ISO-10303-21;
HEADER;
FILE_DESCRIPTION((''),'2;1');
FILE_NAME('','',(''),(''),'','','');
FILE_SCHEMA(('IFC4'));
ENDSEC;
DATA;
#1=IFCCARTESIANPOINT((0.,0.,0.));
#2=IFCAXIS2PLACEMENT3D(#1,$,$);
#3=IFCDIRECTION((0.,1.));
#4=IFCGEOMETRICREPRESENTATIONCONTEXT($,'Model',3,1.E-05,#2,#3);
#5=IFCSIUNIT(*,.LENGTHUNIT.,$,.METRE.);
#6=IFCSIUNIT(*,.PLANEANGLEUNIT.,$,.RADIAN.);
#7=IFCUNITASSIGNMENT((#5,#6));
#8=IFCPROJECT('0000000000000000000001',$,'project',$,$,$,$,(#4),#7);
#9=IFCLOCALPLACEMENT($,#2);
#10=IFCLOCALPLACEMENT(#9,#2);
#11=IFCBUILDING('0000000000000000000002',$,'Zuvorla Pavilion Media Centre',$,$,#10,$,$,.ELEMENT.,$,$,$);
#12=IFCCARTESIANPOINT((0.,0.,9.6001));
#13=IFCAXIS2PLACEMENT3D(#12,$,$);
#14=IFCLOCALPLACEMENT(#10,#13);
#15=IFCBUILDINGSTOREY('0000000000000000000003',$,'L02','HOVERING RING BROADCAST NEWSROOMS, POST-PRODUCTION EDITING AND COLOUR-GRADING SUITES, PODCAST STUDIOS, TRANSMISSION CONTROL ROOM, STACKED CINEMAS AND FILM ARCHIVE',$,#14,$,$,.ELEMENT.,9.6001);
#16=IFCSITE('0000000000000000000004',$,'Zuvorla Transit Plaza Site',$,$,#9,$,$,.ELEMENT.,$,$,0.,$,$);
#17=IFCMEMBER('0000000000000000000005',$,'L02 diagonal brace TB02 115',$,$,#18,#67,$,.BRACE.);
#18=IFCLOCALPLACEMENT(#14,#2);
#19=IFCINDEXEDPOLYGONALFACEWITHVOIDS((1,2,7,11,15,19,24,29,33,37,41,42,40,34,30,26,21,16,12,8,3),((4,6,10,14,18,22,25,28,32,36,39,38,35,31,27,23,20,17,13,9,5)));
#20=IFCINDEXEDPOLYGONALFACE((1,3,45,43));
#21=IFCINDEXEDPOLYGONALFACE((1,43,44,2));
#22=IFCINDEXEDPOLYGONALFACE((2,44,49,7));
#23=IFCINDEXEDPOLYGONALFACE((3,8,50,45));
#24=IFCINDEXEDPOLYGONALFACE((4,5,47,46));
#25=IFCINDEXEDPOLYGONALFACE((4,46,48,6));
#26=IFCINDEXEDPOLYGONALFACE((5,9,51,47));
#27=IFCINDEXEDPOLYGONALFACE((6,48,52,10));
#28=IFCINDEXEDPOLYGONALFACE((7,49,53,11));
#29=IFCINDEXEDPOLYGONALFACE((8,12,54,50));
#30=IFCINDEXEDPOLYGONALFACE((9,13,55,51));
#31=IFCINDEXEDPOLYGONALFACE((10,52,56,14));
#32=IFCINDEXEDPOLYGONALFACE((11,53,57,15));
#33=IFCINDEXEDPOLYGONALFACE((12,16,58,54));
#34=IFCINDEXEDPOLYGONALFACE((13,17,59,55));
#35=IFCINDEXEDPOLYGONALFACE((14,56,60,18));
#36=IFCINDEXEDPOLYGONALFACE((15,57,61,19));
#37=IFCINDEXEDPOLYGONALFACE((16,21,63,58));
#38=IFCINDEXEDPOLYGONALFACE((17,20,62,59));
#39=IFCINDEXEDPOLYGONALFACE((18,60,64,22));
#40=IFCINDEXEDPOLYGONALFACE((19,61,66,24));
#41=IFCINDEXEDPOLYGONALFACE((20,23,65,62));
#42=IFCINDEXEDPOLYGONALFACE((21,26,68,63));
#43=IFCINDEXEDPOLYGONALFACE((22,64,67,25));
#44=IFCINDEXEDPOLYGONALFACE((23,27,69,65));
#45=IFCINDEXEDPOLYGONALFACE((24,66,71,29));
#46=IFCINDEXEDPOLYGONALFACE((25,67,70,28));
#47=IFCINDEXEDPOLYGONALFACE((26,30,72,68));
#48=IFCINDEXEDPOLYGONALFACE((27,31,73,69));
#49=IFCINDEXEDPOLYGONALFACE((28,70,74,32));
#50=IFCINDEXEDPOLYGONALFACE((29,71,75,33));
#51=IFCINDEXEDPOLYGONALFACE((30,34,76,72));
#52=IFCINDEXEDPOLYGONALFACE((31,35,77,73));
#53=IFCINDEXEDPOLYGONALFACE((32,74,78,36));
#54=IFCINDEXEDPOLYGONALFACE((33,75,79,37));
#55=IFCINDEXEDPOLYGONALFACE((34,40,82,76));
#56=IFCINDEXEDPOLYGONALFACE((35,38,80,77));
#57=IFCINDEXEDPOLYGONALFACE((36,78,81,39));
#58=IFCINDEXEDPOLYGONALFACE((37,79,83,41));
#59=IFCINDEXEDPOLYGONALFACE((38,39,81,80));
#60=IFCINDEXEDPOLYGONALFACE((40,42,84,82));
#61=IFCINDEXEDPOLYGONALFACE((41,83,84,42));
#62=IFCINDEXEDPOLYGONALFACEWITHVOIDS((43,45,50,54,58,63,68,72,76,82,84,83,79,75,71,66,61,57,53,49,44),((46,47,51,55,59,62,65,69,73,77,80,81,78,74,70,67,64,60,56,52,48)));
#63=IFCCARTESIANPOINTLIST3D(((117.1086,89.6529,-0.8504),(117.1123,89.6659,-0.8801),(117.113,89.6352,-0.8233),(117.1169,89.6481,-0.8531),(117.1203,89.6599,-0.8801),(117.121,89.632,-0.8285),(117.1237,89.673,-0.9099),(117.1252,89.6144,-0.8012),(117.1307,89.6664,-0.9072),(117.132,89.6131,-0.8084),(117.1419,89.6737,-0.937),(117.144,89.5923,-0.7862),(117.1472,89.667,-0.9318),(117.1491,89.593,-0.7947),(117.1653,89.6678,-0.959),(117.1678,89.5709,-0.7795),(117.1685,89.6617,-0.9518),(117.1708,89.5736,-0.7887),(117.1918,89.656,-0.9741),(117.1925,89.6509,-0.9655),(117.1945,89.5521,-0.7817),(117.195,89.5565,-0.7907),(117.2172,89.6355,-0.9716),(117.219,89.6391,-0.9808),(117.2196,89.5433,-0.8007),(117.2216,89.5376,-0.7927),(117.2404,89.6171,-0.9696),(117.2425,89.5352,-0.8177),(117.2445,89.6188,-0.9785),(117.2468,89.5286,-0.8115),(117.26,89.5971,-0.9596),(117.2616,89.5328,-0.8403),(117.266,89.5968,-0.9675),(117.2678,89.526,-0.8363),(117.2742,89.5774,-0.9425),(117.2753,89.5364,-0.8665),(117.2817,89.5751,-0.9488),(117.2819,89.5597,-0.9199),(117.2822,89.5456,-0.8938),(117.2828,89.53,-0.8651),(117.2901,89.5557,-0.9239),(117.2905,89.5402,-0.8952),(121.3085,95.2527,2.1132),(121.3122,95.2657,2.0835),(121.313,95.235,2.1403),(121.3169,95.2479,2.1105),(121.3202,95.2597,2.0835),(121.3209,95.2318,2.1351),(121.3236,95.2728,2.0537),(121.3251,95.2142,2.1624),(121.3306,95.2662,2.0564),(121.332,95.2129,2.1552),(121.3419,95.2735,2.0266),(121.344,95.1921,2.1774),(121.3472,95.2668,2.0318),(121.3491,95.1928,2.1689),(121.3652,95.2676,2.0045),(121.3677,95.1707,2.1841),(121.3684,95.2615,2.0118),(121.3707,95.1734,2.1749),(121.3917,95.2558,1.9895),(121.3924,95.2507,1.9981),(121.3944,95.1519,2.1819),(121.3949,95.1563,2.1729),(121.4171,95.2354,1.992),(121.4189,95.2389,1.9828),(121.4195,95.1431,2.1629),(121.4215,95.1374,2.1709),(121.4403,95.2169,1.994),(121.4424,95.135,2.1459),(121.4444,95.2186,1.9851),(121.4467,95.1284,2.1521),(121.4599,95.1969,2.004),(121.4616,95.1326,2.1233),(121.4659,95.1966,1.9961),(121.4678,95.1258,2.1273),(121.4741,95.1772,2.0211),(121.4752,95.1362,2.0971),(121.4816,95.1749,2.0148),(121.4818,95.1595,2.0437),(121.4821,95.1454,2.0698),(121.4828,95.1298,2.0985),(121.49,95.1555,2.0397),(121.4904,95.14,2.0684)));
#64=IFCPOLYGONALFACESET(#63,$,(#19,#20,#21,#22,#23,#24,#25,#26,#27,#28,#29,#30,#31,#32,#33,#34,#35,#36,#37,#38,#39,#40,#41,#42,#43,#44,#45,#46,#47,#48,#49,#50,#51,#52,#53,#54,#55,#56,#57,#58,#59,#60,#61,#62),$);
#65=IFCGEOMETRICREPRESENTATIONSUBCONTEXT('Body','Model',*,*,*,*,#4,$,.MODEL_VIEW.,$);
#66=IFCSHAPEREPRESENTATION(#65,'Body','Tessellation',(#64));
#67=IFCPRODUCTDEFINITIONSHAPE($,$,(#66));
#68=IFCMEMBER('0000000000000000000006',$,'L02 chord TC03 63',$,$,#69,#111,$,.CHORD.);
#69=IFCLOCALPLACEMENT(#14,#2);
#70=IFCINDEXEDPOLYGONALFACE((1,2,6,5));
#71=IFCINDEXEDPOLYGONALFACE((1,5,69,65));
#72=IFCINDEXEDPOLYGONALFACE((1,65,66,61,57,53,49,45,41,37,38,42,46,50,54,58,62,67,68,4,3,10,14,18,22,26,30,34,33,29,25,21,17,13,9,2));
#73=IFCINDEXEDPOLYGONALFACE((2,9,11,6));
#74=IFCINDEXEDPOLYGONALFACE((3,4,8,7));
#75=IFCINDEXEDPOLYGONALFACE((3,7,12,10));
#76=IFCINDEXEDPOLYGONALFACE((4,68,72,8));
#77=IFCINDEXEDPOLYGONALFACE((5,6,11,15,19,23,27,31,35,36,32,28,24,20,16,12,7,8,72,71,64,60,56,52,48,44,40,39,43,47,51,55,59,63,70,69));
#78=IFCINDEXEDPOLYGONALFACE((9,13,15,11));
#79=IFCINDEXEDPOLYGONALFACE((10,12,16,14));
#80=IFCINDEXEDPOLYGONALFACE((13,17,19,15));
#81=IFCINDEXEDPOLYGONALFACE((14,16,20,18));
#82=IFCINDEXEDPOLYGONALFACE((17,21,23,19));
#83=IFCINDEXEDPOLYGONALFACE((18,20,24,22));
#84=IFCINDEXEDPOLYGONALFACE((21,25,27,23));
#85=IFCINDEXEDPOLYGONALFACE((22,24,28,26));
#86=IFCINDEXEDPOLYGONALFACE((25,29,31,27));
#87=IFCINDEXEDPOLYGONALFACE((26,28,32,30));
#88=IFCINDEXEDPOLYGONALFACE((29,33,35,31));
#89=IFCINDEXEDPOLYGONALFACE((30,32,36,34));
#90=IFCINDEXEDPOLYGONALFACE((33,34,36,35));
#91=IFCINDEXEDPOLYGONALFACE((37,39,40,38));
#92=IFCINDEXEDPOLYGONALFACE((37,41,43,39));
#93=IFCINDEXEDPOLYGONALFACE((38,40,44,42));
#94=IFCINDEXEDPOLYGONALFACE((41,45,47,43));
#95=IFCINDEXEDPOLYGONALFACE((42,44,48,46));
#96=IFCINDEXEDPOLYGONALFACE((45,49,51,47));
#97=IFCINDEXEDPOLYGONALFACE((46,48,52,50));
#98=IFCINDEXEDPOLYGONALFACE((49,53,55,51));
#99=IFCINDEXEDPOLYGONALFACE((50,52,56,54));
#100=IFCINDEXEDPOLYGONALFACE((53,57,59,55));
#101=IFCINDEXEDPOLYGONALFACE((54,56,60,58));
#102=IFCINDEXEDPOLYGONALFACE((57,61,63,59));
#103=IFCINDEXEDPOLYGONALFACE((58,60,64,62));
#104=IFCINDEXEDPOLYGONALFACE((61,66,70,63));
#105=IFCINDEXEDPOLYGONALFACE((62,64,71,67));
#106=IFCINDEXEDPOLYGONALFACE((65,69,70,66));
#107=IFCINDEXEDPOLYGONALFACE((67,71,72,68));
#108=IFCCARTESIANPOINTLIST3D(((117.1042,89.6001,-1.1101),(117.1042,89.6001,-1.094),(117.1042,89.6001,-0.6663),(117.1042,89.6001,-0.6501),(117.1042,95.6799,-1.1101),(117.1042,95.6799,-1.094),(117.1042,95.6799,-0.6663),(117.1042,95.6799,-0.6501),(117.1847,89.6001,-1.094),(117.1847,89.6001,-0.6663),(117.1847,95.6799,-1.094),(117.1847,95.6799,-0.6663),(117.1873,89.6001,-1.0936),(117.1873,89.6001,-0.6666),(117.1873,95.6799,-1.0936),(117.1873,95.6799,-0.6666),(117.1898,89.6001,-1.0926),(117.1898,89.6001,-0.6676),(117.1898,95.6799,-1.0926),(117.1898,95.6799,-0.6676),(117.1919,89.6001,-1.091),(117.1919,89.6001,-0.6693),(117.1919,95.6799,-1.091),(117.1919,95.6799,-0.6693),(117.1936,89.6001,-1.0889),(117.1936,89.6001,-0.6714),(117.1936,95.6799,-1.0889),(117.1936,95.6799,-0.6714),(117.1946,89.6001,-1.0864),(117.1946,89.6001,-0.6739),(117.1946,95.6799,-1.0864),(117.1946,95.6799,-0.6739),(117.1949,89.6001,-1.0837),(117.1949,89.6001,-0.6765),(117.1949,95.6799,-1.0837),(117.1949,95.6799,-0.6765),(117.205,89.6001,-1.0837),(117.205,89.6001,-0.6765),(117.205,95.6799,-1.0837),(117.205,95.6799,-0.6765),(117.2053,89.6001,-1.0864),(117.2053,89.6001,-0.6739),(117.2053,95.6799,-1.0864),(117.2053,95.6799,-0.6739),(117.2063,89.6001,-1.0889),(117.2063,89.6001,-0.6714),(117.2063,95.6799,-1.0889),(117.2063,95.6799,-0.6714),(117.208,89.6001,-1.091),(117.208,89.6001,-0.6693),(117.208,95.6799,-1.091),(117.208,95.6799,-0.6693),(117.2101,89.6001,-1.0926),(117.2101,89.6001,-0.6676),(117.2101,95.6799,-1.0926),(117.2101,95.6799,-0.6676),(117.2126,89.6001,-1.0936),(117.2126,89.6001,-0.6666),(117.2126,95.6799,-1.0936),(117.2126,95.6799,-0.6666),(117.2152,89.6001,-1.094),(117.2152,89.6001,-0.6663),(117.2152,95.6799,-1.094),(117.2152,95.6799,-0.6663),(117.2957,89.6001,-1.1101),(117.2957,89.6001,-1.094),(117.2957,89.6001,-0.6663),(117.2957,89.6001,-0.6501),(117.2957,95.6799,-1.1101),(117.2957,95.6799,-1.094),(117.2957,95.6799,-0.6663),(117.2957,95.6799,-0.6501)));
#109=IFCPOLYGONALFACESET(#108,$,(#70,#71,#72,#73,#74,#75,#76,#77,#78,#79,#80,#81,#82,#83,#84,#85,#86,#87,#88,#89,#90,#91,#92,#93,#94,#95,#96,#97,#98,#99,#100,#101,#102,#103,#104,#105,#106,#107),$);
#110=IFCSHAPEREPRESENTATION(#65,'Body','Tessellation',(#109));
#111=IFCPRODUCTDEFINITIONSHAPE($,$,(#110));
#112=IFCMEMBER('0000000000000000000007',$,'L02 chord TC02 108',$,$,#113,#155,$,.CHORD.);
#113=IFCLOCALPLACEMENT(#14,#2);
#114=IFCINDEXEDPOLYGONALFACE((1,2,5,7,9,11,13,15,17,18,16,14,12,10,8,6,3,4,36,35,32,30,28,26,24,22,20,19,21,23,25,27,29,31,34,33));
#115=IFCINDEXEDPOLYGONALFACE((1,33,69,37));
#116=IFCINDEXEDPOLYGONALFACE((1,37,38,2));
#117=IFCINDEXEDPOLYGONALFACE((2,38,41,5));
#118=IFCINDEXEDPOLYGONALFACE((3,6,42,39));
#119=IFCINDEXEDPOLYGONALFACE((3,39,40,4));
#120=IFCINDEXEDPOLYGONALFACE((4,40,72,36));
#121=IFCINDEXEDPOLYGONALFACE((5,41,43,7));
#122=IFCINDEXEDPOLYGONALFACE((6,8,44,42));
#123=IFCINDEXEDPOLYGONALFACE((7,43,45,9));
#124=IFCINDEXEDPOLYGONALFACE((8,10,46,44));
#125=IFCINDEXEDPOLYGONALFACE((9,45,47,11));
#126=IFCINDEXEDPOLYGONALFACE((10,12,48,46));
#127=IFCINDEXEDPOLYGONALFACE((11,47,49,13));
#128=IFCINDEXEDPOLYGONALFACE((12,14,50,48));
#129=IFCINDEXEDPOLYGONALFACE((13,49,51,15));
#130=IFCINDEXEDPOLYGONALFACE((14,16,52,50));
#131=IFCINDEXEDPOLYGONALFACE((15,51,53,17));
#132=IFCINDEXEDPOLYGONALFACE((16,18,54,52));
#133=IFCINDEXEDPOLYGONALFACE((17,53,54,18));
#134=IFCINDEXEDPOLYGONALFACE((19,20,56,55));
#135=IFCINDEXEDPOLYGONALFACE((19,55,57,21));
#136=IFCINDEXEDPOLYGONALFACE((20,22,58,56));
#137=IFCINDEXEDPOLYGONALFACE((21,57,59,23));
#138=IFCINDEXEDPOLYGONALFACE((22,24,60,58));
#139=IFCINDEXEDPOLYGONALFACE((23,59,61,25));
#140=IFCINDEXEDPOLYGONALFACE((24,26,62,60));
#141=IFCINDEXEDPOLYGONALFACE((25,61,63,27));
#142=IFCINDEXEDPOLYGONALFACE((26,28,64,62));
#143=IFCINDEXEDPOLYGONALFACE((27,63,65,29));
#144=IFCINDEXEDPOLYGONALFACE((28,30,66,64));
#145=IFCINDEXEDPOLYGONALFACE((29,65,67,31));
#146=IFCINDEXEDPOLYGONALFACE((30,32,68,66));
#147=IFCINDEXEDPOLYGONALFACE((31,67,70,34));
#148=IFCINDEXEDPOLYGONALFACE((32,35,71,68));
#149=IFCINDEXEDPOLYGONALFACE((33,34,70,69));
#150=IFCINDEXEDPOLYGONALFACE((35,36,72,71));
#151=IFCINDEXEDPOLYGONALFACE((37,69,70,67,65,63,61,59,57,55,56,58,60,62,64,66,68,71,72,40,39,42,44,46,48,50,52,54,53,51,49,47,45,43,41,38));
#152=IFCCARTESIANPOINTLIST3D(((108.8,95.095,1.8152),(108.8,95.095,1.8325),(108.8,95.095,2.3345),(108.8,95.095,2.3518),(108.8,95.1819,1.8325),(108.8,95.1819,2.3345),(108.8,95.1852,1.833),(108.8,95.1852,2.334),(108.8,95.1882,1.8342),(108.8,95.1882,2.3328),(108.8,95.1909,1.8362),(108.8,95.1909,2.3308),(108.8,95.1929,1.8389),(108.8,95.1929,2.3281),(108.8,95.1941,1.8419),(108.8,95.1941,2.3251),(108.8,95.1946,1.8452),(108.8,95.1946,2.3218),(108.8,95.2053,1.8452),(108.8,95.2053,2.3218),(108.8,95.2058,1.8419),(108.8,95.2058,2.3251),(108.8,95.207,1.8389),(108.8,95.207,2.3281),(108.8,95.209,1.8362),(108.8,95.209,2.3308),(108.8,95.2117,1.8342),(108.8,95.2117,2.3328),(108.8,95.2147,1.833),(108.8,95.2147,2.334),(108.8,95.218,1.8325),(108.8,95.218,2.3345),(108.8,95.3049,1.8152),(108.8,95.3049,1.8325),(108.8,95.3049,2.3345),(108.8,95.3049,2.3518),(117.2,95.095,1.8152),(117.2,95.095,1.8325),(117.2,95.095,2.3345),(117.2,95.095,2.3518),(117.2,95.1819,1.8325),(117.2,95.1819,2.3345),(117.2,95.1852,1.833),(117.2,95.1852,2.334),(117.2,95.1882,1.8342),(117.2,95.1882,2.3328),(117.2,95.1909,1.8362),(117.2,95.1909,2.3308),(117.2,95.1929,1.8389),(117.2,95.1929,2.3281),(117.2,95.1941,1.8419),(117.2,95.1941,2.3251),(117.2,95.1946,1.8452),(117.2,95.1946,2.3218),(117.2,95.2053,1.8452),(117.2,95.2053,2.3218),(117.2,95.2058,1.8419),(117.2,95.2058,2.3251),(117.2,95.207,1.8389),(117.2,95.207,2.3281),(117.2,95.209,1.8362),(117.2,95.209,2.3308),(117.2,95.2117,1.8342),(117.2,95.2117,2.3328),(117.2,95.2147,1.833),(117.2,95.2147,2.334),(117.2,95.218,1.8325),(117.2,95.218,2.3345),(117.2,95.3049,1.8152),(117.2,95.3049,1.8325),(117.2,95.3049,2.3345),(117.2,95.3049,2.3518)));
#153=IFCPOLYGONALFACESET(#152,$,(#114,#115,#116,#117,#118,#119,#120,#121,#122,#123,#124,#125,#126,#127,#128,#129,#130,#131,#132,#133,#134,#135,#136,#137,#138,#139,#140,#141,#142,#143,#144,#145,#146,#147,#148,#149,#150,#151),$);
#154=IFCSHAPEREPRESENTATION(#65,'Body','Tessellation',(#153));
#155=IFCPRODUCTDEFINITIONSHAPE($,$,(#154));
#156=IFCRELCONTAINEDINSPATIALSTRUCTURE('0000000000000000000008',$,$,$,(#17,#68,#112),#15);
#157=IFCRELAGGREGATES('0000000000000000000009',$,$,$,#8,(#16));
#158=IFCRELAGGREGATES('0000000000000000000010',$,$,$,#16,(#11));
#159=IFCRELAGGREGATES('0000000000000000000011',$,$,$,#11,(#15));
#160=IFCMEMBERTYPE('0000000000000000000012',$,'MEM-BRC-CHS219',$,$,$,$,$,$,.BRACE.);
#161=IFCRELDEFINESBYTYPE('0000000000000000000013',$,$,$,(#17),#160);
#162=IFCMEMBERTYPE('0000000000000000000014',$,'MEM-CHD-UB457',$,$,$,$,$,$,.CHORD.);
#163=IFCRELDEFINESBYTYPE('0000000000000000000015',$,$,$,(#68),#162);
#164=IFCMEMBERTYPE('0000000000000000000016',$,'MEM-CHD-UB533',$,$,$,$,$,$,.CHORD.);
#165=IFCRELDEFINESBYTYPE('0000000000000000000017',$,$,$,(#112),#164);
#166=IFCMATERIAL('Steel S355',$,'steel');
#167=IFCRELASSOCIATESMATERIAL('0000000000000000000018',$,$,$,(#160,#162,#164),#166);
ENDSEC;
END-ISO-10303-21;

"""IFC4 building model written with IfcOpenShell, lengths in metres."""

from ifc_helpers import new_model, si_unit, direction, frame, origin, origin_2d, place, context, subcontext, project, spatial, hollow_circle, i_section, extrude, material, material_profile, profile_set, type_object, element, save


model = new_model("IFC4")

# Units and contexts
model_context = context("Model", 3, precision=1e-05, world=origin(), true_north=direction((0.0, 1.0)))
body_context = subcontext(model_context, "Body", "Model", "MODEL_VIEW")
ifc_project = project(units=[si_unit("LENGTHUNIT", "METRE"), si_unit("PLANEANGLEUNIT", "RADIAN")], contexts=[model_context])

# Site, building, storey
site_placement = place(None, origin())
site = spatial("IfcSite", under=ifc_project, at=site_placement, Name="Zuvorla Transit Plaza Site", CompositionType="ELEMENT", RefElevation=0.0)
building_placement = place(site_placement, origin())
building = spatial("IfcBuilding", under=site, at=building_placement, Name="Zuvorla Pavilion Media Centre", CompositionType="ELEMENT")
storey_placement = place(building_placement, frame((0.0, 0.0, 9.6001)))
storey = spatial("IfcBuildingStorey", under=building, at=storey_placement, Name="L02", Description="HOVERING RING BROADCAST NEWSROOMS, POST-PRODUCTION EDITING AND COLOUR-GRADING SUITES, PODCAST STUDIOS, TRANSMISSION CONTROL ROOM, STACKED CINEMAS AND FILM ARCHIVE", CompositionType="ELEMENT", Elevation=9.6001)

# Members
ifc_material = material(Name="Steel S355", Category="steel")
ifc_material_profile_1 = material_profile(ifc_material, hollow_circle(Radius=0.1096, WallThickness=0.01, at=origin_2d()), Name="CHS 219.1x10")
ifc_profile_set_1 = profile_set([ifc_material_profile_1], Name="Steel S355")
member_type_1 = type_object("IfcMemberType", Name="MEM-BRC-CHS219", PredefinedType="BRACE", material=ifc_profile_set_1)
for number, where, z_axis, x_axis, name in (
    (1, (117.2, 89.6001, -0.8801), (0.552525, 0.736689, 0.389879), (-0.799996, 0.600006, 0.0), "L02 diagonal brace TB02 115"),
):
    element("IfcMember", number, at=place(storey_placement, frame(where, z_axis=z_axis, x_axis=x_axis)), inside=storey, type_object=member_type_1, Name=name, PredefinedType="BRACE", context=body_context, shape_type="SweptSolid", body=[
        extrude(hollow_circle(Radius=0.1096, WallThickness=0.01, at=origin_2d()), origin(), (0.0, 0.0, 1.0), 7.6013),
    ])
ifc_material_profile_2 = material_profile(ifc_material, i_section(OverallWidth=0.1914, OverallDepth=0.46, WebThickness=0.01, FlangeThickness=0.0161, FilletRadius=0.0103, at=origin_2d()), Name="UB 457x191x82")
ifc_profile_set_2 = profile_set([ifc_material_profile_2], Name="Steel S355")
member_type_2 = type_object("IfcMemberType", Name="MEM-CHD-UB457", PredefinedType="CHORD", material=ifc_profile_set_2)
member_1_placement = place(storey_placement, frame((117.2, 89.6001, -0.8801), z_axis=(0.0, 1.0, 0.0), x_axis=(-1.0, 0.0, 0.0)))
element("IfcMember", 2, at=member_1_placement, inside=storey, type_object=member_type_2, Name="L02 chord TC03 63", PredefinedType="CHORD", context=body_context, shape_type="SweptSolid", body=[
    extrude(i_section(OverallWidth=0.1914, OverallDepth=0.46, WebThickness=0.01, FlangeThickness=0.0161, FilletRadius=0.0103, at=origin_2d()), origin(), (0.0, 0.0, 1.0), 6.0798),
])
ifc_material_profile_3 = material_profile(ifc_material, i_section(OverallWidth=0.21, OverallDepth=0.5366, WebThickness=0.0107, FlangeThickness=0.0173, FilletRadius=0.0127, at=origin_2d()), Name="UB 533x210x101")
ifc_profile_set_3 = profile_set([ifc_material_profile_3], Name="Steel S355")
member_type_3 = type_object("IfcMemberType", Name="MEM-CHD-UB533", PredefinedType="CHORD", material=ifc_profile_set_3)
member_2_placement = place(storey_placement, frame((108.8, 95.2, 2.0835), z_axis=(1.0, 0.0, 0.0), x_axis=(0.0, 1.0, 0.0)))
element("IfcMember", 3, at=member_2_placement, inside=storey, type_object=member_type_3, Name="L02 chord TC02 108", PredefinedType="CHORD", context=body_context, shape_type="SweptSolid", body=[
    extrude(i_section(OverallWidth=0.21, OverallDepth=0.5366, WebThickness=0.0107, FlangeThickness=0.0173, FilletRadius=0.0127, at=origin_2d()), origin(), (0.0, 0.0, 1.0), 8.3999),
])

save(model, "model.ifc")
